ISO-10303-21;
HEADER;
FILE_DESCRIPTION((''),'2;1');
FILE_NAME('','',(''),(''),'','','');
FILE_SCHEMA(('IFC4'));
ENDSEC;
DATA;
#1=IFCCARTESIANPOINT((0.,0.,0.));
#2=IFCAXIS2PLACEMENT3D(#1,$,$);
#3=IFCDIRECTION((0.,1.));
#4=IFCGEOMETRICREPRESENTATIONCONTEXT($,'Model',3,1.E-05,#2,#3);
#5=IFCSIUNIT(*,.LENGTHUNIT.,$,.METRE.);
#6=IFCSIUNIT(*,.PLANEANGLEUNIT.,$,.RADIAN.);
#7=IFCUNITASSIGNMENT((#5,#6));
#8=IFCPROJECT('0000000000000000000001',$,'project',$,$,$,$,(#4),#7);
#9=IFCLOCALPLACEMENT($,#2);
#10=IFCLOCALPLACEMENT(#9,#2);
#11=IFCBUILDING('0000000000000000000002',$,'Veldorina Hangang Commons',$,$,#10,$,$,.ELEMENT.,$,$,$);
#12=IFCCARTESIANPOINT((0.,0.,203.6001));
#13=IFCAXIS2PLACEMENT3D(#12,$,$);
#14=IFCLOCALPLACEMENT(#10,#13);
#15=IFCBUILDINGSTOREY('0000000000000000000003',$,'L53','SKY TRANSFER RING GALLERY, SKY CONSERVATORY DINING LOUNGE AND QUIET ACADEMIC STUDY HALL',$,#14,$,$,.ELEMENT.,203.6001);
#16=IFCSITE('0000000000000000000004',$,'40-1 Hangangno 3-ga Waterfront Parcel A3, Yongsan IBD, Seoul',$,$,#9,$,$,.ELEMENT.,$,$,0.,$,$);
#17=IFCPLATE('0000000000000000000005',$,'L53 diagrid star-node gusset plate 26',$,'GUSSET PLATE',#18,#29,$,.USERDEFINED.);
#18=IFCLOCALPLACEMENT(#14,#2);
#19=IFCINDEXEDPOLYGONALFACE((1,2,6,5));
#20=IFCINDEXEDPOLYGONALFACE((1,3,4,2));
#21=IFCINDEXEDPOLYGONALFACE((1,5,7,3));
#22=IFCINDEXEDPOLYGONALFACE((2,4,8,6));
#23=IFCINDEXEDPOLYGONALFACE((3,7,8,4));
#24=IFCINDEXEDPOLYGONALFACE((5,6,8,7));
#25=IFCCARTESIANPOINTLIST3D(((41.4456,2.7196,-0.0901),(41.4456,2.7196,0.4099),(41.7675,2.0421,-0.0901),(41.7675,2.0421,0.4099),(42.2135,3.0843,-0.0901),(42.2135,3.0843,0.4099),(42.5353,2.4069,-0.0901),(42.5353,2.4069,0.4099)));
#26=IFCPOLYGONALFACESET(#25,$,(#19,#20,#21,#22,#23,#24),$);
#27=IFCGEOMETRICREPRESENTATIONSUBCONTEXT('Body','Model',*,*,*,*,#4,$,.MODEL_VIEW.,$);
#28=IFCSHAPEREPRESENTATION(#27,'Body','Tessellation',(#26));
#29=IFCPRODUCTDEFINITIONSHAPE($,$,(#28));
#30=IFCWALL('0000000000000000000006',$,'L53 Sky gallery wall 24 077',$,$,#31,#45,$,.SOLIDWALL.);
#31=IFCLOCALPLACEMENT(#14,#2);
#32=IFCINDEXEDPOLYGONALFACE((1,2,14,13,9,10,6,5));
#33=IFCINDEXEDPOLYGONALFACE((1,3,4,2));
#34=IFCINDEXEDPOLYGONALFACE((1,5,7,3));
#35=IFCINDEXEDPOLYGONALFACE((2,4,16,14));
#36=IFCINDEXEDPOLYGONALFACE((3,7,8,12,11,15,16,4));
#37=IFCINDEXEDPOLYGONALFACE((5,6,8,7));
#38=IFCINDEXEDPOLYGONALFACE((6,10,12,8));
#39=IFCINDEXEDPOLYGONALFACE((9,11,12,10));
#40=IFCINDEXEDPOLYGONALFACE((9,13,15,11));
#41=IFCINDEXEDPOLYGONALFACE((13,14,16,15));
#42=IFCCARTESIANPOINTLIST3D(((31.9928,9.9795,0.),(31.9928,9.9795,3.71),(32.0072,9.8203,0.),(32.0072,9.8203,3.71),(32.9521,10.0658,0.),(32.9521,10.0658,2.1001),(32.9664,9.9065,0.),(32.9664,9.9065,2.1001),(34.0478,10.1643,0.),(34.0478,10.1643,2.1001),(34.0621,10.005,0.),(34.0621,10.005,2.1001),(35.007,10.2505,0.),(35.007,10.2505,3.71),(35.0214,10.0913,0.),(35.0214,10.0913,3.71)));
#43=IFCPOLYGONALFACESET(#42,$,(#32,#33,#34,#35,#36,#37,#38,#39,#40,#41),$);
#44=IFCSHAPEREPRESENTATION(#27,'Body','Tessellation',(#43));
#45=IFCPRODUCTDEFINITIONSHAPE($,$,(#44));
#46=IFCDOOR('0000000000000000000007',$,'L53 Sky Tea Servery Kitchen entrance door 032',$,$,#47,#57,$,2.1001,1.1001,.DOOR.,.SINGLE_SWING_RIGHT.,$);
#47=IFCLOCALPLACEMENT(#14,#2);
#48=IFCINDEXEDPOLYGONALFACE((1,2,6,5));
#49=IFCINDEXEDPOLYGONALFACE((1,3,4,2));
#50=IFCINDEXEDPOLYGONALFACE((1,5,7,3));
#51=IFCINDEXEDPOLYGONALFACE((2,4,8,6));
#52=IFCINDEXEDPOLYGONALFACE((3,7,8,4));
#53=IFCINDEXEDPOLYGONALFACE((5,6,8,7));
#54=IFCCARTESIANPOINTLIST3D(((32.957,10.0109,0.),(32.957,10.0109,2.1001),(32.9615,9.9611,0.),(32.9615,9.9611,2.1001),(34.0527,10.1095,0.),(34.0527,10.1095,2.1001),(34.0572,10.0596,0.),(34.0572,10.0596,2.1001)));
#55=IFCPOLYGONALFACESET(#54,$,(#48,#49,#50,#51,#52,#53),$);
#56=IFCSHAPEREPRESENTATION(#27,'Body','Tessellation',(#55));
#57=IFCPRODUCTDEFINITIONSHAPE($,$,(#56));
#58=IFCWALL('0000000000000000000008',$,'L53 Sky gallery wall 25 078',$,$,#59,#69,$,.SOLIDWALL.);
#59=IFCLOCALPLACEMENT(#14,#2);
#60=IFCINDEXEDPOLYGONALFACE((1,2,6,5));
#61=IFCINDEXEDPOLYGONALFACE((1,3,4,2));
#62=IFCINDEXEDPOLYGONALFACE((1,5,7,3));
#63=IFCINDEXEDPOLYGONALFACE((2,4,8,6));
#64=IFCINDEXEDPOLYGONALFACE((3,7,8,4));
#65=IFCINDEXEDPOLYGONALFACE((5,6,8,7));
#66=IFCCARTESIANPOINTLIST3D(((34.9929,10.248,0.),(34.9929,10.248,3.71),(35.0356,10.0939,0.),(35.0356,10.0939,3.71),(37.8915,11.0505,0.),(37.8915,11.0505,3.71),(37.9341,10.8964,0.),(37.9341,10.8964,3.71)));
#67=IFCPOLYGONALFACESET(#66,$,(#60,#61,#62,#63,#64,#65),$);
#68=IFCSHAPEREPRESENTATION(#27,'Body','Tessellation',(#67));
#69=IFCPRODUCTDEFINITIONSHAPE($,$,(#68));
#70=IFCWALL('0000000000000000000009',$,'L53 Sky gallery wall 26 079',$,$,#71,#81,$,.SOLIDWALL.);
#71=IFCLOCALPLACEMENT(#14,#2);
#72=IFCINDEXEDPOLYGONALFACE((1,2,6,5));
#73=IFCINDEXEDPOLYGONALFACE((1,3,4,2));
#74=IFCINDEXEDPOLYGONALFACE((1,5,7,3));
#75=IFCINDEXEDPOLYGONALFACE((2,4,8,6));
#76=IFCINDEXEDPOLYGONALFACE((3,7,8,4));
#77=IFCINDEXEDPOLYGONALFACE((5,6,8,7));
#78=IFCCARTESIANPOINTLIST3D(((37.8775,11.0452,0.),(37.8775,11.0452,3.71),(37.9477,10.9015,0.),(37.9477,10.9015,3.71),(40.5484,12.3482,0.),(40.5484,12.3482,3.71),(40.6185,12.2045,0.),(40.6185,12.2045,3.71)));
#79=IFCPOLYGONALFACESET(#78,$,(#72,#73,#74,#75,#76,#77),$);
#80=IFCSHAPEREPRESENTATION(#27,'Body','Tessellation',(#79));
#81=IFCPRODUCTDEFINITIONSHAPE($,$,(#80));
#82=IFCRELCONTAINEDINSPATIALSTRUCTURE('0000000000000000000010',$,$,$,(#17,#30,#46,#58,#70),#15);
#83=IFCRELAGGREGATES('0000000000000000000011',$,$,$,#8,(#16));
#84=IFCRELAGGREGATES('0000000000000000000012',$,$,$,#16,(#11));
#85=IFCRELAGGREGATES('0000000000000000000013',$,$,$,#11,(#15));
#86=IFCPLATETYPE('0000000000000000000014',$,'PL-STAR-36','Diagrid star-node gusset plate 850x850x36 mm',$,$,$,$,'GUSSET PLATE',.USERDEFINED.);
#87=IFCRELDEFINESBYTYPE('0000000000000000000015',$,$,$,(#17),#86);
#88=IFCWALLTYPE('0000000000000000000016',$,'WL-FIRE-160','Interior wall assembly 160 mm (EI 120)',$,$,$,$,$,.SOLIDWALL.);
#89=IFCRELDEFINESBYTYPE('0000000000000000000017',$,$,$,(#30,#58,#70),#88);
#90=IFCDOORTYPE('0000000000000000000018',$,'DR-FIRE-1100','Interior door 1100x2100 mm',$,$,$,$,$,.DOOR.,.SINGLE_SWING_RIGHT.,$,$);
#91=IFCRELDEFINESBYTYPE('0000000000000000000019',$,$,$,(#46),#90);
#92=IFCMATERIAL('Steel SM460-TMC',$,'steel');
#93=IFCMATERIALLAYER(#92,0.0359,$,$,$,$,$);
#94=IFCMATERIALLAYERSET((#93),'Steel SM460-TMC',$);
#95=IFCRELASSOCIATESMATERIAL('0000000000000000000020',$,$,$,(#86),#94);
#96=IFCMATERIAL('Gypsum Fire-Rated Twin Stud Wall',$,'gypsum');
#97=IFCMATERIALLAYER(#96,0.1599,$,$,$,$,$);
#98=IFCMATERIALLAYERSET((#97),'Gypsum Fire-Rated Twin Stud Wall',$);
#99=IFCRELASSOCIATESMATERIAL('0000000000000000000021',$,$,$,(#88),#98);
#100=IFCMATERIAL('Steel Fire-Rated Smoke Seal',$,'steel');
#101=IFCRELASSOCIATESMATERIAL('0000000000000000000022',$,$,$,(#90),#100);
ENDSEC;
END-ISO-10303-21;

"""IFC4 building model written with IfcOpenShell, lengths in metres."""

from ifc_helpers import new_model, si_unit, direction, frame, frame_2d, origin, origin_2d, place, context, subcontext, project, spatial, rectangle, extrude, material, layer, layer_set, type_object, element, fill, save


model = new_model("IFC4")

# Units and contexts
model_context = context("Model", 3, precision=1e-05, world=origin(), true_north=direction((0.0, 1.0)))
body_context = subcontext(model_context, "Body", "Model", "MODEL_VIEW")
ifc_project = project(units=[si_unit("LENGTHUNIT", "METRE"), si_unit("PLANEANGLEUNIT", "RADIAN")], contexts=[model_context])

# Site, building, storey
site_placement = place(None, origin())
site = spatial("IfcSite", under=ifc_project, at=site_placement, Name="40-1 Hangangno 3-ga Waterfront Parcel A3, Yongsan IBD, Seoul", CompositionType="ELEMENT", RefElevation=0.0)
building_placement = place(site_placement, origin())
building = spatial("IfcBuilding", under=site, at=building_placement, Name="Veldorina Hangang Commons", CompositionType="ELEMENT")
storey_placement = place(building_placement, frame((0.0, 0.0, 203.6001)))
storey = spatial("IfcBuildingStorey", under=building, at=storey_placement, Name="L53", Description="SKY TRANSFER RING GALLERY, SKY CONSERVATORY DINING LOUNGE AND QUIET ACADEMIC STUDY HALL", CompositionType="ELEMENT", Elevation=203.6001)

# Shared definitions
ifc_material_1 = material(Name="Steel SM460-TMC", Category="steel")

# Plate
ifc_layer_1 = layer(ifc_material_1, 0.0359)
ifc_layer_set_1 = layer_set([ifc_layer_1], Name="Steel SM460-TMC")
plate_type_1 = type_object("IfcPlateType", Name="PL-STAR-36", Description="Diagrid star-node gusset plate 850x850x36 mm", ElementType="GUSSET PLATE", PredefinedType="USERDEFINED", material=ifc_layer_set_1)
plate_1_placement = place(storey_placement, frame((41.9905, 2.5632, -0.0901), z_axis=(0.0, 0.0, 1.0), x_axis=(0.903253, 0.429109, 0.0)))
element("IfcPlate", 1, at=plate_1_placement, inside=storey, type_object=plate_type_1, Name="L53 diagrid star-node gusset plate 26", ObjectType="GUSSET PLATE", PredefinedType="USERDEFINED", context=body_context, shape_type="SweptSolid", body=[
    extrude(rectangle(XDim=0.8501, YDim=0.75, at=origin_2d()), origin(), (0.0, 0.0, 1.0), 0.5),
])

# Wall, opening, door
ifc_material_2 = material(Name="Gypsum Fire-Rated Twin Stud Wall", Category="gypsum")
ifc_layer_2 = layer(ifc_material_2, 0.1599)
ifc_layer_set_2 = layer_set([ifc_layer_2], Name="Gypsum Fire-Rated Twin Stud Wall")
wall_type = type_object("IfcWallType", Name="WL-FIRE-160", Description="Interior wall assembly 160 mm (EI 120)", PredefinedType="SOLIDWALL", material=ifc_layer_set_2)
wall_1_placement = place(storey_placement, frame((32.0, 9.8999, 0.0), z_axis=(0.0, 0.0, 1.0), x_axis=(0.995983, 0.089546, 0.0)))
wall_1 = element("IfcWall", 2, at=wall_1_placement, inside=storey, type_object=wall_type, Name="L53 Sky gallery wall 24 077", PredefinedType="SOLIDWALL", context=body_context, shape_type="SweptSolid", body=[
    extrude(rectangle(XDim=3.0264, YDim=0.1599, at=frame_2d((1.5132, 0.0))), origin(), (0.0, 0.0, 1.0), 3.71),
])
opening_placement = place(wall_1_placement, frame((0.9631, 0.0, 0.0)))
opening = element("IfcOpeningElement", 3, at=opening_placement, cuts=wall_1, PredefinedType="OPENING", context=body_context, shape_type="SweptSolid", body=[
    extrude(rectangle(XDim=1.1001, YDim=2.1001, at=frame_2d((0.55, 1.05))), frame((0.0, 0.0898, 0.0), z_axis=(0.0, -1.0, 0.0), x_axis=(1.0, 0.0, 0.0)), (0.0, 0.0, 1.0), 0.1799),
])
ifc_material_3 = material(Name="Steel Fire-Rated Smoke Seal", Category="steel")
door_type = type_object("IfcDoorType", Name="DR-FIRE-1100", Description="Interior door 1100x2100 mm", OperationType="SINGLE_SWING_RIGHT", PredefinedType="DOOR", material=ifc_material_3)
door_placement = place(opening_placement, origin())
door = element("IfcDoor", 4, at=door_placement, inside=storey, type_object=door_type, Name="L53 Sky Tea Servery Kitchen entrance door 032", OperationType="SINGLE_SWING_RIGHT", OverallHeight=2.1001, OverallWidth=1.1001, PredefinedType="DOOR", context=body_context, shape_type="SweptSolid", body=[
    extrude(rectangle(XDim=1.1001, YDim=2.1001, at=frame_2d((0.55, 1.05))), frame((0.0, 0.0249, 0.0), z_axis=(0.0, -1.0, 0.0), x_axis=(1.0, 0.0, 0.0)), (0.0, 0.0, 1.0), 0.05),
])
fill(opening, door)

# Walls
wall_2_placement = place(storey_placement, frame((35.0142, 10.1709, 0.0), z_axis=(0.0, 0.0, 1.0), x_axis=(0.963743, 0.266832, 0.0)))
element("IfcWall", 5, at=wall_2_placement, inside=storey, type_object=wall_type, Name="L53 Sky gallery wall 25 078", PredefinedType="SOLIDWALL", context=body_context, shape_type="SweptSolid", body=[
    extrude(rectangle(XDim=3.0076, YDim=0.1599, at=frame_2d((1.5039, 0.0))), origin(), (0.0, 0.0, 1.0), 3.71),
])
wall_3_placement = place(storey_placement, frame((37.9126, 10.9734, 0.0), z_axis=(0.0, 0.0, 1.0), x_axis=(0.898755, 0.438451, 0.0)))
element("IfcWall", 6, at=wall_3_placement, inside=storey, type_object=wall_type, Name="L53 Sky gallery wall 26 079", PredefinedType="SOLIDWALL", context=body_context, shape_type="SweptSolid", body=[
    extrude(rectangle(XDim=2.9717, YDim=0.1599, at=frame_2d((1.4858, 0.0))), origin(), (0.0, 0.0, 1.0), 3.71),
])

save(model, "model.ifc")
